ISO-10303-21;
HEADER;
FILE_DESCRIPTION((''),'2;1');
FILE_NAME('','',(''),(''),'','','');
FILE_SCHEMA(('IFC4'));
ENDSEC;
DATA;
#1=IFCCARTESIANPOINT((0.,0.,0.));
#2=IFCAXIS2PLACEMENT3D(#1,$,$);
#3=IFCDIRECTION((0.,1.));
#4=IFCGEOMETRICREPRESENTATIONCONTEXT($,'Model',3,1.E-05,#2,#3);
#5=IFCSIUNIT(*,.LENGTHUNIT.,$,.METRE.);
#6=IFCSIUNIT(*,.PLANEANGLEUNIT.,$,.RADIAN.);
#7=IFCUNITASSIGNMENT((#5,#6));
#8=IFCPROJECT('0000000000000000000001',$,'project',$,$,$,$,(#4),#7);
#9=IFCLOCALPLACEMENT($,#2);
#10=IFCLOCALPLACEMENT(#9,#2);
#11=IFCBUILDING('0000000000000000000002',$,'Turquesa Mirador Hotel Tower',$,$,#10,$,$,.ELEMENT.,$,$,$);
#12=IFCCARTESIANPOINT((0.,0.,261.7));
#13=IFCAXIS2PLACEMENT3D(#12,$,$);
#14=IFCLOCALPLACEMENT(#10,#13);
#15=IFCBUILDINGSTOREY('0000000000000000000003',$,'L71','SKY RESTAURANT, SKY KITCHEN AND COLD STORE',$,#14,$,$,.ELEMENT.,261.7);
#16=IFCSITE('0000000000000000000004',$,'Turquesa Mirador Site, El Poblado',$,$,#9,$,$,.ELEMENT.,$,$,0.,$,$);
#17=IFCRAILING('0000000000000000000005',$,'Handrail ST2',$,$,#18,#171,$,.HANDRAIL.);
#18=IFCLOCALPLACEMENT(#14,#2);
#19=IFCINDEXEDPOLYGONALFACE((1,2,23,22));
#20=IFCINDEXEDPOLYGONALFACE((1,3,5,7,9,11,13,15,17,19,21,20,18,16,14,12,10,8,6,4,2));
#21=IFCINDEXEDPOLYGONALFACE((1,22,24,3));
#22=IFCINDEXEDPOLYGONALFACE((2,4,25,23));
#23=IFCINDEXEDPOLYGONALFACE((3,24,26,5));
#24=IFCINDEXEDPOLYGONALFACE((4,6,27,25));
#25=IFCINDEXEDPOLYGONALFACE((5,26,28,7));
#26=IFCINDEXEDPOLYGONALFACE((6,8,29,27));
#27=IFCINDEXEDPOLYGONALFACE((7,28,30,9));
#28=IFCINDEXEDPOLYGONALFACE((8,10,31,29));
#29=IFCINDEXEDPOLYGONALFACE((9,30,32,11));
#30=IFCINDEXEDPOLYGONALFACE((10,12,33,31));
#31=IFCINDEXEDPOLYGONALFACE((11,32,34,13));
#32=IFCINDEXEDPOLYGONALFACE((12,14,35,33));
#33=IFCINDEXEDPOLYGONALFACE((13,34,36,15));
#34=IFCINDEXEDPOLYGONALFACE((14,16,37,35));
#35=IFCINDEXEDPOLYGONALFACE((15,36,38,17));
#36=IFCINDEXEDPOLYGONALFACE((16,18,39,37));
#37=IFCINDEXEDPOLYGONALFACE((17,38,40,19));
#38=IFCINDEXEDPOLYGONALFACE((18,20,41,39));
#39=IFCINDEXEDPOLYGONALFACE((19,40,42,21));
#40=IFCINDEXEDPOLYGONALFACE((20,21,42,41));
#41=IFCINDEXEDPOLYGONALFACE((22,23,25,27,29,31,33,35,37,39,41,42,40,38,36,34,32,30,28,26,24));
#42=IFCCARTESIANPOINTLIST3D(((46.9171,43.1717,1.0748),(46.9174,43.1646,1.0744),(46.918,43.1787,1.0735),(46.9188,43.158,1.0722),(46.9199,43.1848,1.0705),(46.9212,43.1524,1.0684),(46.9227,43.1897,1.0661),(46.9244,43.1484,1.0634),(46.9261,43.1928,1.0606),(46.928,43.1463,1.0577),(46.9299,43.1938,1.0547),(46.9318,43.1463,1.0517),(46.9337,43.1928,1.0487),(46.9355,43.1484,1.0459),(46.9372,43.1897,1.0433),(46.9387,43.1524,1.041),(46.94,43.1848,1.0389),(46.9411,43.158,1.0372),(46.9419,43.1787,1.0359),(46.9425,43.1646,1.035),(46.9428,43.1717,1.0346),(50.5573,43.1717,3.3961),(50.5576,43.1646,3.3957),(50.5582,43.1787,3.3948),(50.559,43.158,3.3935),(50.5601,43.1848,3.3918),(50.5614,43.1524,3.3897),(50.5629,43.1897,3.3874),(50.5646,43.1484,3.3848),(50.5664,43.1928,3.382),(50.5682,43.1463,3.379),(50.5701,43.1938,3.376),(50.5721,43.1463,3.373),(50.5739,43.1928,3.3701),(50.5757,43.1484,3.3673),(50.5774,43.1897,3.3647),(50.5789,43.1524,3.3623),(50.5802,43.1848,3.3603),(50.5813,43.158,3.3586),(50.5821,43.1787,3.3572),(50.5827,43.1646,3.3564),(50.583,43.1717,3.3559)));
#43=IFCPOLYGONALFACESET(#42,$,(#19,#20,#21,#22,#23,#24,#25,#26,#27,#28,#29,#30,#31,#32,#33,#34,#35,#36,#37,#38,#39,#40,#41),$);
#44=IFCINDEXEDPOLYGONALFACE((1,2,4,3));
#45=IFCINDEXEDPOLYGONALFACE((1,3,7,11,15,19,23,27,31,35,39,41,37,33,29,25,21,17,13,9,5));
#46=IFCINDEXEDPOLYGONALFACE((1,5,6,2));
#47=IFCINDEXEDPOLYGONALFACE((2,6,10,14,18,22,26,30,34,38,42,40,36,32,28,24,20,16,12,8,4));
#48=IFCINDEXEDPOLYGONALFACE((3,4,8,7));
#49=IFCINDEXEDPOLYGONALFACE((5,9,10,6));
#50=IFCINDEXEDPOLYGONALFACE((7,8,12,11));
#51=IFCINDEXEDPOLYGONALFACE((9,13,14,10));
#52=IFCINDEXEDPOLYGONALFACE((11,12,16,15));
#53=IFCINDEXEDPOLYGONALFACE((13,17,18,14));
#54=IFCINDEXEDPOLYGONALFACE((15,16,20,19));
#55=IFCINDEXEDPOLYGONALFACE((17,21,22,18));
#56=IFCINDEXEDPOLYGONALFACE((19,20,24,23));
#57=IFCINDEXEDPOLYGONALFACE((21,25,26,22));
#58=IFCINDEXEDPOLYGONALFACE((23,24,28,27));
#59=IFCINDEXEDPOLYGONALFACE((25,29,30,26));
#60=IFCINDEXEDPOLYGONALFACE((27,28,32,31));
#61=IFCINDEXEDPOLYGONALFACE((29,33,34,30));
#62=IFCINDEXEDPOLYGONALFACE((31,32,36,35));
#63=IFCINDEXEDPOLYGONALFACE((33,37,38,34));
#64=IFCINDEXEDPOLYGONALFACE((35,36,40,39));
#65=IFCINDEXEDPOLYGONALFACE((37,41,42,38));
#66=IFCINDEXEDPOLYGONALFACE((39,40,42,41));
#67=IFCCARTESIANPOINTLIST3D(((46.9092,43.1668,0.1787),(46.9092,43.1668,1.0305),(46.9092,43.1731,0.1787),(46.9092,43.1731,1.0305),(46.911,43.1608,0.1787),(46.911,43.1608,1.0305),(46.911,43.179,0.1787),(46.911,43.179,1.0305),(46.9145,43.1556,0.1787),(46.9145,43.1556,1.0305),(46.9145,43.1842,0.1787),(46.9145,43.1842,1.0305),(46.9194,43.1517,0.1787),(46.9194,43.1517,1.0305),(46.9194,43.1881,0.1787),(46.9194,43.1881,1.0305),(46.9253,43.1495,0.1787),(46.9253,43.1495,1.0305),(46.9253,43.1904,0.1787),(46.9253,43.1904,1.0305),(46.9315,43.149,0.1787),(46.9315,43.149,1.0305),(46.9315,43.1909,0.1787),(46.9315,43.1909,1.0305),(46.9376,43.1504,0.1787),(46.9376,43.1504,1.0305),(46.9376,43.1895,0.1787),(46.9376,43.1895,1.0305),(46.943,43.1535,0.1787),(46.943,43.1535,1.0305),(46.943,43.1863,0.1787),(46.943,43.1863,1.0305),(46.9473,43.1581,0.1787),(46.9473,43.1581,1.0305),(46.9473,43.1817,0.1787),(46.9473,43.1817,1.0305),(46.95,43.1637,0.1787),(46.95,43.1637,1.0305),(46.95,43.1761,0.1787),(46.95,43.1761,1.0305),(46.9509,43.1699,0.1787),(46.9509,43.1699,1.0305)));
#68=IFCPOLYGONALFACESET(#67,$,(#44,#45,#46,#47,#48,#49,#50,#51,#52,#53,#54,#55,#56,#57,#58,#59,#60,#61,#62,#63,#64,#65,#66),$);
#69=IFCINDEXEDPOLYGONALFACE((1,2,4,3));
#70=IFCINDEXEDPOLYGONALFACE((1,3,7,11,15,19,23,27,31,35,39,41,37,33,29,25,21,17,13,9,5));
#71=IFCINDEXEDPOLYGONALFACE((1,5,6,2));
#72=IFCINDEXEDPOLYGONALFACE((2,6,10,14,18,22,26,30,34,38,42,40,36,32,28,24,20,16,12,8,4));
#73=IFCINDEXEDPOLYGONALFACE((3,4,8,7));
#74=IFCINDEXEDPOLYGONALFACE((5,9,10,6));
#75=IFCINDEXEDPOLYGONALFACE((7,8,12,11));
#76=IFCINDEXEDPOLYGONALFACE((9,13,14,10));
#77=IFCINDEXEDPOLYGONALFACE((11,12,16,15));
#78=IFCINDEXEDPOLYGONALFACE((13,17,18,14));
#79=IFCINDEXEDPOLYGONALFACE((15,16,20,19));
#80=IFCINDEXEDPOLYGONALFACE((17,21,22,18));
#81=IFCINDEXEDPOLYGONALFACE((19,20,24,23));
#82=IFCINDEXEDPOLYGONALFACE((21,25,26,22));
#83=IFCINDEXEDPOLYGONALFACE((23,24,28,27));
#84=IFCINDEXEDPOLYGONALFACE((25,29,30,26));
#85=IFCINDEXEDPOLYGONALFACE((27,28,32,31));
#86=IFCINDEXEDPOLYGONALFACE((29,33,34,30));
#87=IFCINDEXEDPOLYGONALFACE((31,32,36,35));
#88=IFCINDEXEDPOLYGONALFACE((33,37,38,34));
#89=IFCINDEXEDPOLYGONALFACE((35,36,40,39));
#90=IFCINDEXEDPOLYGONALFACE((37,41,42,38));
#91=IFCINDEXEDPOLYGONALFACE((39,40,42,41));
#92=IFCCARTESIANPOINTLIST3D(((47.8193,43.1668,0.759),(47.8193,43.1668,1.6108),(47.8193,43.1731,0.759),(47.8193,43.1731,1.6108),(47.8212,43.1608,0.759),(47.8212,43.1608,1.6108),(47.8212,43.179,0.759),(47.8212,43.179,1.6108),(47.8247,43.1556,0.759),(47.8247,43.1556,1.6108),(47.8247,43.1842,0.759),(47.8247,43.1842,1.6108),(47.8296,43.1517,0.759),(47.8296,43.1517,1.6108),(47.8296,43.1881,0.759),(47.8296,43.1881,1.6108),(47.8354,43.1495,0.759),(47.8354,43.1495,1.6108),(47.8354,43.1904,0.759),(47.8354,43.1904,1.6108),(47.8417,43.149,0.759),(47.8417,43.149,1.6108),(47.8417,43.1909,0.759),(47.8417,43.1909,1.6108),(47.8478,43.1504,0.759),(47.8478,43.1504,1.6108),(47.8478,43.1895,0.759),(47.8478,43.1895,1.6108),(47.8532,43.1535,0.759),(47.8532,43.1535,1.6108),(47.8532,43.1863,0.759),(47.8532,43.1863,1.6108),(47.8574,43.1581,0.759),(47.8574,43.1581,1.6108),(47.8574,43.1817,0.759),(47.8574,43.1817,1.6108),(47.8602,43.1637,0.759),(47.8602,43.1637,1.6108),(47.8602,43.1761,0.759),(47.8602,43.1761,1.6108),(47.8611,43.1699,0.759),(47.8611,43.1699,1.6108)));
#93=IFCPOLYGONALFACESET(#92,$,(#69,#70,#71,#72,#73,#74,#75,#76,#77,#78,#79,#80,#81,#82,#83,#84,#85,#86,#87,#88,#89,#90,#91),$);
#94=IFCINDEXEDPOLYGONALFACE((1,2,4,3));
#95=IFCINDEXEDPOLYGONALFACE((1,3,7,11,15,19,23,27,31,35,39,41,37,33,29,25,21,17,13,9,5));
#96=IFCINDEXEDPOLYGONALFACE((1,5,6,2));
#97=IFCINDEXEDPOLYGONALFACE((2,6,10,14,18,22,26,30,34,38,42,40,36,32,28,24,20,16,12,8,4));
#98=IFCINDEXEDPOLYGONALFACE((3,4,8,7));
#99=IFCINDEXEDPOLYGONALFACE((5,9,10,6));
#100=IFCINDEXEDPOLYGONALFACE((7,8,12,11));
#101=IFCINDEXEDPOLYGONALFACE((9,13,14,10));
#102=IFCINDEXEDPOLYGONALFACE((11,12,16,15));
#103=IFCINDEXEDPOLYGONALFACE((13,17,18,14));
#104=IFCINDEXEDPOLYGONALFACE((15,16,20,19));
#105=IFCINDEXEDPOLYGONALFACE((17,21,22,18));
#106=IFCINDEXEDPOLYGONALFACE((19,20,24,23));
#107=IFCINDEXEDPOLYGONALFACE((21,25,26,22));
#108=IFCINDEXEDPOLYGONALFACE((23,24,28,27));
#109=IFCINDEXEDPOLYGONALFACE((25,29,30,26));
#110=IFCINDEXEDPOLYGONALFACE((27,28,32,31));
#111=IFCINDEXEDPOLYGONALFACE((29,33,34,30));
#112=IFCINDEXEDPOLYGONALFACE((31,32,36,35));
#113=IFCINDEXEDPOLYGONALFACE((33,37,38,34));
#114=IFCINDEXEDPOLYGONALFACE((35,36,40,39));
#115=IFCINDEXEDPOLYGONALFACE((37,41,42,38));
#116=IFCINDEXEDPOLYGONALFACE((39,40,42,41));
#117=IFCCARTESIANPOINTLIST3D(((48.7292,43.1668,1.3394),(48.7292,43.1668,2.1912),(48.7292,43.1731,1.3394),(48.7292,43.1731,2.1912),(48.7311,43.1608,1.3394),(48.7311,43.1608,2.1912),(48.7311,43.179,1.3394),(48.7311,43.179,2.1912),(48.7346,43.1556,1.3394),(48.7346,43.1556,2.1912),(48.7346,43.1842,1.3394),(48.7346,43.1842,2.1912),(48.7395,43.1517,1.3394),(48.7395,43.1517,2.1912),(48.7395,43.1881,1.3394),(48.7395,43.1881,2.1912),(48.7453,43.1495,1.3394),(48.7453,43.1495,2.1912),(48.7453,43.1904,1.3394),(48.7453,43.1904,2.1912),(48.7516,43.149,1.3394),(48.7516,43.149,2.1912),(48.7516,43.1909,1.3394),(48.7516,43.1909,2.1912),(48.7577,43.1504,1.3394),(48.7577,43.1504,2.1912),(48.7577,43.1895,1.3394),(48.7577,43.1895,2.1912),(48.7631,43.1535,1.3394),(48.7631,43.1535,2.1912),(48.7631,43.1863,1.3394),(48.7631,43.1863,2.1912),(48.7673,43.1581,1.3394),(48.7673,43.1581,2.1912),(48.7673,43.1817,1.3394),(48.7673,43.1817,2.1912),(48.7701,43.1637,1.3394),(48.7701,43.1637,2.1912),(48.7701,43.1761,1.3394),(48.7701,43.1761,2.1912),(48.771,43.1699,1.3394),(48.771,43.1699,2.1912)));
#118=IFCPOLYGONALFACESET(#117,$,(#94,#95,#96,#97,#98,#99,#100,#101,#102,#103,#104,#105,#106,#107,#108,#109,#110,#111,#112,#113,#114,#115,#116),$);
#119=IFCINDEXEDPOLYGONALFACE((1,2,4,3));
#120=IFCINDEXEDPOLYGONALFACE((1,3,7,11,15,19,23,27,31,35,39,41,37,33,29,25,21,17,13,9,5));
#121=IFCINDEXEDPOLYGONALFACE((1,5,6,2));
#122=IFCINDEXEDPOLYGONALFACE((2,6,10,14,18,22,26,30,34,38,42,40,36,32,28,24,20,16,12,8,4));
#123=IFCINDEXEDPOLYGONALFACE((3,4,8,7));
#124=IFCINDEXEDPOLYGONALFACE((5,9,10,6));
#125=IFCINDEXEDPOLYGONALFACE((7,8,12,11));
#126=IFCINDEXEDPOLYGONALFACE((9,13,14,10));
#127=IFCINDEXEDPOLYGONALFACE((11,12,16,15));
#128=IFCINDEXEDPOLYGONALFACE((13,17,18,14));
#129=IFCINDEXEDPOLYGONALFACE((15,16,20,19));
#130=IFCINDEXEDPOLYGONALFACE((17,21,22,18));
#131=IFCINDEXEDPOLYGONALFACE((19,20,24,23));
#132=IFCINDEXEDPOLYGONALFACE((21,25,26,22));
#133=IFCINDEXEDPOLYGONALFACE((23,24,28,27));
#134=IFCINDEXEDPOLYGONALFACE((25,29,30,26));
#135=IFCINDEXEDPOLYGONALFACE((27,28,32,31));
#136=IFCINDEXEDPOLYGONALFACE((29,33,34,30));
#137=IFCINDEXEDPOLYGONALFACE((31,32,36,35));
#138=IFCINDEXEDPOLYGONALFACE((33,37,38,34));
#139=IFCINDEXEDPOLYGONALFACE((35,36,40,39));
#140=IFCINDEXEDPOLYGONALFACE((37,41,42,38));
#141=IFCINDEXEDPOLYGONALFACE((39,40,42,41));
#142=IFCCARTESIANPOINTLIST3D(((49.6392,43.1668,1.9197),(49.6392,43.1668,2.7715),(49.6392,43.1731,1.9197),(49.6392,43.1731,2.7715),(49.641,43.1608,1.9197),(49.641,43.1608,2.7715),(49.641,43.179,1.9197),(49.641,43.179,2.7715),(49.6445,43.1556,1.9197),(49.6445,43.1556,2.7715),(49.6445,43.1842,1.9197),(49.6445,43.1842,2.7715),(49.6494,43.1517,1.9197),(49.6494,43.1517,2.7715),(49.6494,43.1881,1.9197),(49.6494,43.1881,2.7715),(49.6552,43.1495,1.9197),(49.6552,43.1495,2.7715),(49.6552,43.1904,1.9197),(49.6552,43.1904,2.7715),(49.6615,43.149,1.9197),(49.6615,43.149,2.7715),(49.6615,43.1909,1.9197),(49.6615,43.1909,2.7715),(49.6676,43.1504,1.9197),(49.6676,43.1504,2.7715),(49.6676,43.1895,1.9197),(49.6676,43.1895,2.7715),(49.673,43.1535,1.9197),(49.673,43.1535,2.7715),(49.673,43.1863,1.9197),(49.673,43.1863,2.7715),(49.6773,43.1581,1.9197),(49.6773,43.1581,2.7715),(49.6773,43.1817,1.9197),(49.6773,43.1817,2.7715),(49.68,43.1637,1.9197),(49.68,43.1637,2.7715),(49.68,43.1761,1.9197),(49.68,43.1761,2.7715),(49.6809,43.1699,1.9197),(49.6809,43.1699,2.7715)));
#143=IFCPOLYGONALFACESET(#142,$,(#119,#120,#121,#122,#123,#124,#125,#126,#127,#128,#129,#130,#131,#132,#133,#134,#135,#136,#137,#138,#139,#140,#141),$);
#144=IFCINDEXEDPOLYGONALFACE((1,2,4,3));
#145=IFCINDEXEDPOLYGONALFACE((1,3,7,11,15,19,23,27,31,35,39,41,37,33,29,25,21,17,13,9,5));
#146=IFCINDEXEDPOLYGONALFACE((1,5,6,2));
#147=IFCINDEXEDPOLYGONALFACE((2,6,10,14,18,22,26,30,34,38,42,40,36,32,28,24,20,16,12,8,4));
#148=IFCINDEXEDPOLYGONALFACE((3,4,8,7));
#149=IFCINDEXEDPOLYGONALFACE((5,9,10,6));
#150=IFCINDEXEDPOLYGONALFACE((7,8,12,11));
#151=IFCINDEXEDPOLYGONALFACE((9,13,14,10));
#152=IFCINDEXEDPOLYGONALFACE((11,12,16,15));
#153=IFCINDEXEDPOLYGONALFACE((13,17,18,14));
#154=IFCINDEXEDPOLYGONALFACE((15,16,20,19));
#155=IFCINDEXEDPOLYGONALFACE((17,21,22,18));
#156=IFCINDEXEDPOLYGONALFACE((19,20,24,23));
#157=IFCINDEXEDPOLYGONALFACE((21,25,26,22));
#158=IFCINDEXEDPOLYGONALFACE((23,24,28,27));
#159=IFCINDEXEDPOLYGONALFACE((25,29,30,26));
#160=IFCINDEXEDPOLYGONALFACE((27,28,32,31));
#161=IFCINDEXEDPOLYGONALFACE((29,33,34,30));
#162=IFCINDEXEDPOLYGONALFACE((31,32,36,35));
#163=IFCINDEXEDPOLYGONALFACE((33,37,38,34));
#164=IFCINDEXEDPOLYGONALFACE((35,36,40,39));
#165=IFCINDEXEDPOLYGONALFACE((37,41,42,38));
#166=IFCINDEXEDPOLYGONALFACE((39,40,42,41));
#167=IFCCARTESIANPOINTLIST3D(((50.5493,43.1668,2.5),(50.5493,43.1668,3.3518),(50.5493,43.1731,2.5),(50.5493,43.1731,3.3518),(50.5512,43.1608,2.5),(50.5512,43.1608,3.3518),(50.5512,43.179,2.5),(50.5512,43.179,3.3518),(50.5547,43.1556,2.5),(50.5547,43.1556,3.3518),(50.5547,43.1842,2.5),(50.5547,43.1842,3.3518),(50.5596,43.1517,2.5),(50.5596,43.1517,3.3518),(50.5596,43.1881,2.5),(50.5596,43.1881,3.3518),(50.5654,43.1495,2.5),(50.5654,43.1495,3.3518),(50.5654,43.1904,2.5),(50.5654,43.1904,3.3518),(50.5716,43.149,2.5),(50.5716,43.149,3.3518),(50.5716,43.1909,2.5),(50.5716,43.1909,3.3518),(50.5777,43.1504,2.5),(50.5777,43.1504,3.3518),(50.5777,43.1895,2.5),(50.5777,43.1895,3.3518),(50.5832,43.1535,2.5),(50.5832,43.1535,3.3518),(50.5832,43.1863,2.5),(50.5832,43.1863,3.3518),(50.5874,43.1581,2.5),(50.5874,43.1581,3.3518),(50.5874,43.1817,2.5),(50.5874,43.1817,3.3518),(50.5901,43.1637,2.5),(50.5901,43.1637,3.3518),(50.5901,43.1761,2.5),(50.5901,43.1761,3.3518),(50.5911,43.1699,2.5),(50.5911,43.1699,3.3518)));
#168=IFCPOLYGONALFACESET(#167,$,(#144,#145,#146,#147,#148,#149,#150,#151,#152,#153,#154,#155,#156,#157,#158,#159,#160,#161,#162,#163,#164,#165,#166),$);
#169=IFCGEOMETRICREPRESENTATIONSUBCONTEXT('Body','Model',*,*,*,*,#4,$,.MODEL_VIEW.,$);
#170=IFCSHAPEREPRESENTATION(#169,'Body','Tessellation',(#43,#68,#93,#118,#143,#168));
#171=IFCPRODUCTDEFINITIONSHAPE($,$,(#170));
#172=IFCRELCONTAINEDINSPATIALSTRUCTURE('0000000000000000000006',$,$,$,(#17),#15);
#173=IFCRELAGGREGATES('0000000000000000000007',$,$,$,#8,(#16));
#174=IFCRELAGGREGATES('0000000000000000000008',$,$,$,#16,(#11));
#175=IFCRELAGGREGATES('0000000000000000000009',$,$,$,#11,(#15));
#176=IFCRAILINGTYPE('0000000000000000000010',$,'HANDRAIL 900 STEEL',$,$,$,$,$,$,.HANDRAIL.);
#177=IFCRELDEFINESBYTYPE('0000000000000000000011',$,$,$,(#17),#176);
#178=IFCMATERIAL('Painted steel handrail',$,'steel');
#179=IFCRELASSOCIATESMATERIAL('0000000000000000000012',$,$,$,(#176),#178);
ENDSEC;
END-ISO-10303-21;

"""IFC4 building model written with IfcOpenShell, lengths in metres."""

from ifc_helpers import new_model, si_unit, direction, frame, origin, origin_2d, place, context, subcontext, project, spatial, circle, extrude, material, type_object, element, save


model = new_model("IFC4")

# Units and contexts
model_context = context("Model", 3, precision=1e-05, world=origin(), true_north=direction((0.0, 1.0)))
body_context = subcontext(model_context, "Body", "Model", "MODEL_VIEW")
ifc_project = project(units=[si_unit("LENGTHUNIT", "METRE"), si_unit("PLANEANGLEUNIT", "RADIAN")], contexts=[model_context])

# Site, building, storey
site_placement = place(None, origin())
site = spatial("IfcSite", under=ifc_project, at=site_placement, Name="Turquesa Mirador Site, El Poblado", CompositionType="ELEMENT", RefElevation=0.0)
building_placement = place(site_placement, origin())
building = spatial("IfcBuilding", under=site, at=building_placement, Name="Turquesa Mirador Hotel Tower", CompositionType="ELEMENT")
storey_placement = place(building_placement, frame((0.0, 0.0, 261.7)))
storey = spatial("IfcBuildingStorey", under=building, at=storey_placement, Name="L71", Description="SKY RESTAURANT, SKY KITCHEN AND COLD STORE", CompositionType="ELEMENT", Elevation=261.7)

# Railing
ifc_material_1 = material(Name="Painted steel handrail", Category="steel")
railing_type = type_object("IfcRailingType", Name="HANDRAIL 900 STEEL", PredefinedType="HANDRAIL", material=ifc_material_1)
railing_1_placement = place(storey_placement, frame((46.9299, 43.1699, 0.1787)))
element("IfcRailing", 1, at=railing_1_placement, inside=storey, type_object=railing_type, Name="Handrail ST2", PredefinedType="HANDRAIL", context=body_context, shape_type="SweptSolid", body=[
    extrude(circle(Radius=0.0239, at=origin_2d()), frame((0.0, 0.0, 0.876), z_axis=(0.843153, 0.0, 0.537673), x_axis=(0.0, 1.0, 0.0)), (0.0, 0.0, 1.0), 4.3174),
    extrude(circle(Radius=0.021, at=origin_2d()), origin(), (0.0, 0.0, 1.0), 0.8518),
    extrude(circle(Radius=0.021, at=origin_2d()), frame((0.9102, 0.0, 0.5803)), (0.0, 0.0, 1.0), 0.8518),
    extrude(circle(Radius=0.021, at=origin_2d()), frame((1.8201, 0.0, 1.1606)), (0.0, 0.0, 1.0), 0.8518),
    extrude(circle(Radius=0.021, at=origin_2d()), frame((2.73, 0.0, 1.741)), (0.0, 0.0, 1.0), 0.8518),
    extrude(circle(Radius=0.021, at=origin_2d()), frame((3.6401, 0.0, 2.3213)), (0.0, 0.0, 1.0), 0.8518),
])

save(model, "model.ifc")
